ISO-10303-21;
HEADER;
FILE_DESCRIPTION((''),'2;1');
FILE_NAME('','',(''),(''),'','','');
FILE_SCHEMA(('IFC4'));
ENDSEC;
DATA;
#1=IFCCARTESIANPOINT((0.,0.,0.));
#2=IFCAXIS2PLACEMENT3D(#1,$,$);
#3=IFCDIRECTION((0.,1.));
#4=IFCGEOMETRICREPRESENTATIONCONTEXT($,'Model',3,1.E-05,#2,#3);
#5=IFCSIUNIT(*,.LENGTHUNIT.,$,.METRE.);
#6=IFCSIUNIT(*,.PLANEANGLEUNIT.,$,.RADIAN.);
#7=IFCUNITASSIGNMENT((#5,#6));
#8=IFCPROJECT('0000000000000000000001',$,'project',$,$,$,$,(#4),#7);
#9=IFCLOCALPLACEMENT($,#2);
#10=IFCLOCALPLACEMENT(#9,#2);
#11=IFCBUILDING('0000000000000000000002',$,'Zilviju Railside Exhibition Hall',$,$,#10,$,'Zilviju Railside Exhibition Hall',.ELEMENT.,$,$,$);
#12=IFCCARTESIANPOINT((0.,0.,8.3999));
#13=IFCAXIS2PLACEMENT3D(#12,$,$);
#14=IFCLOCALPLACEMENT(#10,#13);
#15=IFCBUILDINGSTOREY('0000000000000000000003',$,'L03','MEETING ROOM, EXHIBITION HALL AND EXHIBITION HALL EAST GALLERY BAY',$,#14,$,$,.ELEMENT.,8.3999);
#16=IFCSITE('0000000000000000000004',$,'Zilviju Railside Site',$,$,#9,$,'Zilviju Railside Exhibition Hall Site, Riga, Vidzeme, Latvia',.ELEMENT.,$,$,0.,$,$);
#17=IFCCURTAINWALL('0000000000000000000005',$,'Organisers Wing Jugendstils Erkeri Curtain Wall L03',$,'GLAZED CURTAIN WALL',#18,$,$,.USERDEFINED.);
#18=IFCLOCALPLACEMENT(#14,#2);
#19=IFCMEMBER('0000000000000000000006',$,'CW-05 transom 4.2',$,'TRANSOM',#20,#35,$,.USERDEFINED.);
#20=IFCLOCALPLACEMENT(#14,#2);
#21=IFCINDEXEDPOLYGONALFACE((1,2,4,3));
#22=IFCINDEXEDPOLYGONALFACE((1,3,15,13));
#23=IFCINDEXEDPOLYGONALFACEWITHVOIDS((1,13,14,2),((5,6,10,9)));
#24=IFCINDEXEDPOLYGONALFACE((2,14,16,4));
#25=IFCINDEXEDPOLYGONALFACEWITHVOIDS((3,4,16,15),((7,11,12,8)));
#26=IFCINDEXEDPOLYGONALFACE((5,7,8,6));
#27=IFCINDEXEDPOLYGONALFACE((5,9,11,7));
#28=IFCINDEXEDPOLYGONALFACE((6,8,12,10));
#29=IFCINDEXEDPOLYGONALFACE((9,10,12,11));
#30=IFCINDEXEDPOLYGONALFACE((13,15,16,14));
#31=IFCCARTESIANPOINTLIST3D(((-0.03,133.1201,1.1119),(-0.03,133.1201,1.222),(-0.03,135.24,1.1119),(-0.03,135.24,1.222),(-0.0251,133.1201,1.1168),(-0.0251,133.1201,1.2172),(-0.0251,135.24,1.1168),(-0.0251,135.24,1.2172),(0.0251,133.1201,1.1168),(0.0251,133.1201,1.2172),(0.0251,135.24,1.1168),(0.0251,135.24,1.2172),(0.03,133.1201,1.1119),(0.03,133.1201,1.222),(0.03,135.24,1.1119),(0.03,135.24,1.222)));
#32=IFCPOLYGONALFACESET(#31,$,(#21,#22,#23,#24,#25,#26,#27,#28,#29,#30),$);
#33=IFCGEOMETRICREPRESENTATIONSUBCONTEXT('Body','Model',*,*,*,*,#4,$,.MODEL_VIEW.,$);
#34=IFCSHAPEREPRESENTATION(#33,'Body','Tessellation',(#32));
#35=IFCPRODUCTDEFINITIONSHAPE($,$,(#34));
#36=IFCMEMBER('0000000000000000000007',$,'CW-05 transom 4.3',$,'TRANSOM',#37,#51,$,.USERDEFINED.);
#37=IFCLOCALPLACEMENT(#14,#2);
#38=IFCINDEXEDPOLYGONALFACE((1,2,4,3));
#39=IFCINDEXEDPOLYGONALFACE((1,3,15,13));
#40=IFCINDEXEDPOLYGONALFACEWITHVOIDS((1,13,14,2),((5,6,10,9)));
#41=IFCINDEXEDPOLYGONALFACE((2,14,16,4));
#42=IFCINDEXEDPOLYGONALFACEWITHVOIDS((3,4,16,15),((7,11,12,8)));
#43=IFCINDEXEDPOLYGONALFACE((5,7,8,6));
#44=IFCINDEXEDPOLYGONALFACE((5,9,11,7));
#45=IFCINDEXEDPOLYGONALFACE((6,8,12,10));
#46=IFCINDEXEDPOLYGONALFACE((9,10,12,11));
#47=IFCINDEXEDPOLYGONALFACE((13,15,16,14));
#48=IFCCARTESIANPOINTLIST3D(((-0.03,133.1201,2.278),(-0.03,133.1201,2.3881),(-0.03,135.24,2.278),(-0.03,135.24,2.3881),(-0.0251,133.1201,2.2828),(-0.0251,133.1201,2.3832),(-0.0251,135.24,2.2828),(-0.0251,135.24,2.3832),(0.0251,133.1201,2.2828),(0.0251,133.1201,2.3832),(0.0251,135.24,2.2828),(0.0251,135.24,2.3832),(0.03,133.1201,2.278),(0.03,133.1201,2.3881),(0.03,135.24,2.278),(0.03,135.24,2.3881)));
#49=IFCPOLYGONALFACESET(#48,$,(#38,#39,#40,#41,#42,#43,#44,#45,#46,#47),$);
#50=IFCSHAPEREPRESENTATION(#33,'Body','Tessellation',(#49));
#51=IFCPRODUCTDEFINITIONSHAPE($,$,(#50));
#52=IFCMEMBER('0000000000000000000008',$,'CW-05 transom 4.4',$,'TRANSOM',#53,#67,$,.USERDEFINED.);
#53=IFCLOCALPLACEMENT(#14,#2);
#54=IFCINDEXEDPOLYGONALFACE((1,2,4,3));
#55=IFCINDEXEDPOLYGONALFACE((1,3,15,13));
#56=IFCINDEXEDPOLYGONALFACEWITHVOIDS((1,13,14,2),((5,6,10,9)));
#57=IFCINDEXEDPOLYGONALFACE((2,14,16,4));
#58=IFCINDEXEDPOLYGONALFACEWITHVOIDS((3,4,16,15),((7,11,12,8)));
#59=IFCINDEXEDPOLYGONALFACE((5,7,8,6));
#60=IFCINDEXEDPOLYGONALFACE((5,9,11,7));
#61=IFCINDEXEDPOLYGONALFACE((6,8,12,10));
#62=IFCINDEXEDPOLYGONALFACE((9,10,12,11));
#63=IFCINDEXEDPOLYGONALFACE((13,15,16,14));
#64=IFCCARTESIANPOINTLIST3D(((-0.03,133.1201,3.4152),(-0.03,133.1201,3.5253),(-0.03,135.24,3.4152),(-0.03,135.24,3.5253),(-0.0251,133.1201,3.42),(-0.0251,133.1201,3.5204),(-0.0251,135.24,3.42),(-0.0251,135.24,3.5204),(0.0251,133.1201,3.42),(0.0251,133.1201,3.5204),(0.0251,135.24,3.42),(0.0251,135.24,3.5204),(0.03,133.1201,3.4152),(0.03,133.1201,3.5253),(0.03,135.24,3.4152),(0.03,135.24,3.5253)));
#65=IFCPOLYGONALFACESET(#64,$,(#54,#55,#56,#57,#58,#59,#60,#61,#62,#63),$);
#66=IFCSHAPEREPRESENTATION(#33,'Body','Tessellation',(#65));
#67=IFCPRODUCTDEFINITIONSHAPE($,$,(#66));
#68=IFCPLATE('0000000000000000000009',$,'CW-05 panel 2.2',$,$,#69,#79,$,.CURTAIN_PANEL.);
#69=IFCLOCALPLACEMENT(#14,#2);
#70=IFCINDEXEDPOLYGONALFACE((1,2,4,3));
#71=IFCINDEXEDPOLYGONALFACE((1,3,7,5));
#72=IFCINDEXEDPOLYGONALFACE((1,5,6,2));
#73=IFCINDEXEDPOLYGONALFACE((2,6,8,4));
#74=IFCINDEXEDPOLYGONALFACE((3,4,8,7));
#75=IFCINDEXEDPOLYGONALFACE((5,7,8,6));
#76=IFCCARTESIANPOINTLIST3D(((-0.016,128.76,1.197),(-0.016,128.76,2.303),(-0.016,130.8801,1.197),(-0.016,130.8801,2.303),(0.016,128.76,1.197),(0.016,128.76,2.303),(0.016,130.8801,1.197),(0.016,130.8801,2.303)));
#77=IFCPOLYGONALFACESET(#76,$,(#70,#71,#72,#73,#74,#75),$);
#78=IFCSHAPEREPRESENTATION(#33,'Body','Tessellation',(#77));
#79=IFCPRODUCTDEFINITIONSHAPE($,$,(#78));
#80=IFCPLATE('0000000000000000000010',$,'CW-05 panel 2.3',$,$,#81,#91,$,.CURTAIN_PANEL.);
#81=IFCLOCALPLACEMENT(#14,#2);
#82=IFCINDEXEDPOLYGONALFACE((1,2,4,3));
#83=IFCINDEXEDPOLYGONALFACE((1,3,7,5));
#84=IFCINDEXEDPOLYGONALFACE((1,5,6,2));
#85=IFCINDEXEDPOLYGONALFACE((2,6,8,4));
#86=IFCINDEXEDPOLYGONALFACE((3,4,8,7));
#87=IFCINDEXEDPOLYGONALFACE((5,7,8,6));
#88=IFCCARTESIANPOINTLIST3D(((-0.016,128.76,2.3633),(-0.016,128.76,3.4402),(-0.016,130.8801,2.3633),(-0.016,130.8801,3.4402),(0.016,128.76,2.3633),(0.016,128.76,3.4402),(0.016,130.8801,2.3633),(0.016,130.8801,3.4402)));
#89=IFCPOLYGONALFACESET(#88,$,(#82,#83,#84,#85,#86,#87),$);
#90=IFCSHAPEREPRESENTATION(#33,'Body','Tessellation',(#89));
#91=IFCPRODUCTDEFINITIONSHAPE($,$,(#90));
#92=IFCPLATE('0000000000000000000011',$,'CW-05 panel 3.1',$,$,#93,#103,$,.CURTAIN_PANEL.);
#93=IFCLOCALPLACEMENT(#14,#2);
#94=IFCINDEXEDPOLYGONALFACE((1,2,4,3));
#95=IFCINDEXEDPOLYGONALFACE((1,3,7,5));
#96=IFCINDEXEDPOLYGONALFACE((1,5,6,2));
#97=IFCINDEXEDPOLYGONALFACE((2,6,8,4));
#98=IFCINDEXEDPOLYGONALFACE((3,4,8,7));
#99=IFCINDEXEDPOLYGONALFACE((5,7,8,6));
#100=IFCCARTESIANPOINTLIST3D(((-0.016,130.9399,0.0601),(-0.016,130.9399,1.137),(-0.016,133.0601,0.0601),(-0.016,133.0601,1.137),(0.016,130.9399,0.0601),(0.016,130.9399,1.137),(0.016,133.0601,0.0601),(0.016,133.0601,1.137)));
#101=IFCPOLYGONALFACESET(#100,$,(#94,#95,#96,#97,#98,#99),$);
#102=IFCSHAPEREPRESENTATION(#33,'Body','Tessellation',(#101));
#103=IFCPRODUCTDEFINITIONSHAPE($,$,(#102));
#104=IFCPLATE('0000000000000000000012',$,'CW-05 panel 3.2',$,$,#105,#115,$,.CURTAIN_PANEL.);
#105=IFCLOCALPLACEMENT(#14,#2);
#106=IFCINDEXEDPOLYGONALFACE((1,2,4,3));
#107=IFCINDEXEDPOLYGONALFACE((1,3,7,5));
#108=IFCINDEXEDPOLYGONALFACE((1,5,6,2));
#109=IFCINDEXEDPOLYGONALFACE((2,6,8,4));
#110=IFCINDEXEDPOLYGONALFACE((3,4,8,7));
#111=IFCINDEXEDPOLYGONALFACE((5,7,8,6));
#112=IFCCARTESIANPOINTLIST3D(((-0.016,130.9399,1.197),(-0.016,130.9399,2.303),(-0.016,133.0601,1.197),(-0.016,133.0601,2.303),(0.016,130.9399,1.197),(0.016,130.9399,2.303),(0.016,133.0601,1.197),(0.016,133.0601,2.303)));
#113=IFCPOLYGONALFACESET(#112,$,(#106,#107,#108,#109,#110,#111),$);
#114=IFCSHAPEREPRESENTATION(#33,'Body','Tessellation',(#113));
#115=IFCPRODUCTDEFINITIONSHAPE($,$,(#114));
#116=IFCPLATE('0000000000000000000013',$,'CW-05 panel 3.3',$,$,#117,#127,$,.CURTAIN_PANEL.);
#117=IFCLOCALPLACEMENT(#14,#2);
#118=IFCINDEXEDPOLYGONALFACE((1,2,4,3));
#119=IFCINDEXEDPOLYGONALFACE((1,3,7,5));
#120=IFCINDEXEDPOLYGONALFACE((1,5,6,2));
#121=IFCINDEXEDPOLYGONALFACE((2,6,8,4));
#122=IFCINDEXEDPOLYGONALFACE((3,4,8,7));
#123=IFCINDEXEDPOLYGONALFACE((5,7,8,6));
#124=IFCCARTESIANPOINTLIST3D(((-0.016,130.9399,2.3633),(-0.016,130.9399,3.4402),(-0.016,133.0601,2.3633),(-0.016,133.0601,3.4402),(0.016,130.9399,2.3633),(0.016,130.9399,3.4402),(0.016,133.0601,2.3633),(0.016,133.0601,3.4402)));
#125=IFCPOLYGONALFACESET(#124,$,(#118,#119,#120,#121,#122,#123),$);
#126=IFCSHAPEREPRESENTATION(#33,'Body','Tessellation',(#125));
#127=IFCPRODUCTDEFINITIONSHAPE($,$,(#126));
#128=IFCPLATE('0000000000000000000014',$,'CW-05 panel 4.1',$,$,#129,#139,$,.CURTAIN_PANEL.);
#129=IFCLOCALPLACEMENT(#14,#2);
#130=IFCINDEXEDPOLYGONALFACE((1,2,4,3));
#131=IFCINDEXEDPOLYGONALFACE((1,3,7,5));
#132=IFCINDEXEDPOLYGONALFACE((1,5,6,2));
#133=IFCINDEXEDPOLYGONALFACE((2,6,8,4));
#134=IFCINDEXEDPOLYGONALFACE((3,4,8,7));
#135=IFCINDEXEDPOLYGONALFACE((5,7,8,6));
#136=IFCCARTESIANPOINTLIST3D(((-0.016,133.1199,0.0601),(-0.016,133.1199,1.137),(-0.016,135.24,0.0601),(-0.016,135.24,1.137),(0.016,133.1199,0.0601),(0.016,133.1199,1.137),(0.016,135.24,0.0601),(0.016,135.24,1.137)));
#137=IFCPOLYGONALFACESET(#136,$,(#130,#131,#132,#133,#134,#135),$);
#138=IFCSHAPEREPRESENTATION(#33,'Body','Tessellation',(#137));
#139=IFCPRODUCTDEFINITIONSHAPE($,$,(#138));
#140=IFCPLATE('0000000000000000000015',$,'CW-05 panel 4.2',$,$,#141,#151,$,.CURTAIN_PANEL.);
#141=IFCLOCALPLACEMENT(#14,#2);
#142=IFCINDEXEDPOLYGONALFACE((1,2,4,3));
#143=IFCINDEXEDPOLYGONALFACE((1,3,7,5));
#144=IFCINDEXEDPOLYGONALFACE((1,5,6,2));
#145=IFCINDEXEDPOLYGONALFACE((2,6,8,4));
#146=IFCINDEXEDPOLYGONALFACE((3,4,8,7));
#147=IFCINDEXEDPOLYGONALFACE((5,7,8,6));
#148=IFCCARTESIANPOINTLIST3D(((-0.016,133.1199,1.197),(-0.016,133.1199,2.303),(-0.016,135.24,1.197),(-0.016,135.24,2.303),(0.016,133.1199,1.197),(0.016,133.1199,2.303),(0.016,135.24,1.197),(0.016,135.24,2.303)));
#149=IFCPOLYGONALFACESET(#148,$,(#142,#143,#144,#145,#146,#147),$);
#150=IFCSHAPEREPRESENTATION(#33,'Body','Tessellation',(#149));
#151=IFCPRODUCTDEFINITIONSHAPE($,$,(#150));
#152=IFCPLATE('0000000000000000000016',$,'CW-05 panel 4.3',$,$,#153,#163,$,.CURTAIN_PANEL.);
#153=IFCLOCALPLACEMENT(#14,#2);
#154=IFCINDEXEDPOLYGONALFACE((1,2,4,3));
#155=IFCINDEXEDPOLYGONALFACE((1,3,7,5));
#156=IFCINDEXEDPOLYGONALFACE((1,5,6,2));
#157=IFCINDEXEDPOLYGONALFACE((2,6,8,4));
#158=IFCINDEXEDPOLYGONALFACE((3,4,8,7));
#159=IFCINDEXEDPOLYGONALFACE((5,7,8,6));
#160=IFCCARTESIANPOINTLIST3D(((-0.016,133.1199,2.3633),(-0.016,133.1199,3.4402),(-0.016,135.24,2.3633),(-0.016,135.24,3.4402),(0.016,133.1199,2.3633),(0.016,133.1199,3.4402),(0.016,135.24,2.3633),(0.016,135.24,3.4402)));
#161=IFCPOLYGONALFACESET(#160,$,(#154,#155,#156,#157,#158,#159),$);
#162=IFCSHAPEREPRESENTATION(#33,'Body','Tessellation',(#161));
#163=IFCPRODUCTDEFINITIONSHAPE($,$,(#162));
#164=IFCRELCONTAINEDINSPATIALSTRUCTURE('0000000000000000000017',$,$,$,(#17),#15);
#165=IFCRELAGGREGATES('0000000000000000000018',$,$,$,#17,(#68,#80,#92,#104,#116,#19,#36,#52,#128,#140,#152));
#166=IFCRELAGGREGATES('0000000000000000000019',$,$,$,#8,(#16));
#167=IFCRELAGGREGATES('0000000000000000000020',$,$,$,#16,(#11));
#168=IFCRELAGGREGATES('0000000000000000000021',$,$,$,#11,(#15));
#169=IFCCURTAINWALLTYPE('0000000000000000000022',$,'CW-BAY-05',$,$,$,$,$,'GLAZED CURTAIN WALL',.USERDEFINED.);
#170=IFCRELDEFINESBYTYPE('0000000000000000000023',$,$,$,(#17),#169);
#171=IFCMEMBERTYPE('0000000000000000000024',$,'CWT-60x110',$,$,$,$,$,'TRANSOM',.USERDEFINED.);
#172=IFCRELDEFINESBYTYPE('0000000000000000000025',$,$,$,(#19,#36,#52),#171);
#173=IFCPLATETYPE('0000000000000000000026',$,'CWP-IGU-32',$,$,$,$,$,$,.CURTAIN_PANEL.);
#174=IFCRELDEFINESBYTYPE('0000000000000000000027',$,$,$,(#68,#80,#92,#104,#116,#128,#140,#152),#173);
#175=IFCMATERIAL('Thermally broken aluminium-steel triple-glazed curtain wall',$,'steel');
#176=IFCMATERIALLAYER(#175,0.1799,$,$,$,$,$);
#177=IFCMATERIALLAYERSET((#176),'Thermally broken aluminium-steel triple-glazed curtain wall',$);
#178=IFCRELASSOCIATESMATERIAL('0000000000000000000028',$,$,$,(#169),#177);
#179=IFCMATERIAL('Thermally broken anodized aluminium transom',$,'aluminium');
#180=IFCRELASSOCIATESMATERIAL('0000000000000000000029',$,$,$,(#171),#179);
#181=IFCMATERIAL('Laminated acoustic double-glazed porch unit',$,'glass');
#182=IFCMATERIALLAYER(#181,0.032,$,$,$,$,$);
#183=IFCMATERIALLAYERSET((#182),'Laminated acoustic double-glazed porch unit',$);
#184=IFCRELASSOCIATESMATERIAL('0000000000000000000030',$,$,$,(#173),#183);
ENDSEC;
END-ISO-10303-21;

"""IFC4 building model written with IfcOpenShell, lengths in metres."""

from ifc_helpers import new_model, si_unit, direction, frame, origin, origin_2d, place, context, subcontext, project, spatial, rectangle, hollow_rectangle, extrude, material, layer, layer_set, material_profile, profile_set, type_object, element, aggregate, save


model = new_model("IFC4")

# Units and contexts
model_context = context("Model", 3, precision=1e-05, world=origin(), true_north=direction((0.0, 1.0)))
body_context = subcontext(model_context, "Body", "Model", "MODEL_VIEW")
ifc_project = project(units=[si_unit("LENGTHUNIT", "METRE"), si_unit("PLANEANGLEUNIT", "RADIAN")], contexts=[model_context])

# Site, building, storey
site_placement = place(None, origin())
site = spatial("IfcSite", under=ifc_project, at=site_placement, Name="Zilviju Railside Site", LongName="Zilviju Railside Exhibition Hall Site, Riga, Vidzeme, Latvia", CompositionType="ELEMENT", RefElevation=0.0)
building_placement = place(site_placement, origin())
building = spatial("IfcBuilding", under=site, at=building_placement, Name="Zilviju Railside Exhibition Hall", LongName="Zilviju Railside Exhibition Hall", CompositionType="ELEMENT")
storey_placement = place(building_placement, frame((0.0, 0.0, 8.3999)))
storey = spatial("IfcBuildingStorey", under=building, at=storey_placement, Name="L03", Description="MEETING ROOM, EXHIBITION HALL AND EXHIBITION HALL EAST GALLERY BAY", CompositionType="ELEMENT", Elevation=8.3999)

# Curtain wall, members, plates
ifc_material_1 = material(Name="Thermally broken aluminium-steel triple-glazed curtain wall", Category="steel")
ifc_layer_1 = layer(ifc_material_1, 0.1799)
ifc_layer_set_1 = layer_set([ifc_layer_1], Name="Thermally broken aluminium-steel triple-glazed curtain wall")
curtain_wall_type = type_object("IfcCurtainWallType", Name="CW-BAY-05", ElementType="GLAZED CURTAIN WALL", PredefinedType="USERDEFINED", material=ifc_layer_set_1)
curtain_wall_placement = place(storey_placement, origin())
curtain_wall = element("IfcCurtainWall", 1, at=curtain_wall_placement, inside=storey, type_object=curtain_wall_type, Name="Organisers Wing Jugendstils Erkeri Curtain Wall L03", ObjectType="GLAZED CURTAIN WALL", PredefinedType="USERDEFINED")
ifc_material_2 = material(Name="Thermally broken anodized aluminium transom", Category="aluminium")
ifc_material_profile_1 = material_profile(ifc_material_2, hollow_rectangle(XDim=0.0601, YDim=0.1101, WallThickness=0.0049, at=origin_2d()), Name="TRANSOM 110x60x5")
ifc_profile_set_1 = profile_set([ifc_material_profile_1], Name="Thermally broken anodized aluminium transom")
member_type_1 = type_object("IfcMemberType", Name="CWT-60x110", ElementType="TRANSOM", PredefinedType="USERDEFINED", material=ifc_profile_set_1)
member_1_placement = place(storey_placement, frame((0.0, 133.1201, 1.167), z_axis=(0.0, 1.0, 0.0), x_axis=(-1.0, 0.0, 0.0)))
member_1 = element("IfcMember", 2, at=member_1_placement, type_object=member_type_1, Name="CW-05 transom 4.2", ObjectType="TRANSOM", PredefinedType="USERDEFINED", context=body_context, shape_type="SweptSolid", body=[
    extrude(hollow_rectangle(XDim=0.0601, YDim=0.1101, WallThickness=0.0049, at=origin_2d()), origin(), (0.0, 0.0, 1.0), 2.1199),
])
member_2_placement = place(storey_placement, frame((0.0, 133.1201, 2.333), z_axis=(0.0, 1.0, 0.0), x_axis=(-1.0, 0.0, 0.0)))
member_2 = element("IfcMember", 3, at=member_2_placement, type_object=member_type_1, Name="CW-05 transom 4.3", ObjectType="TRANSOM", PredefinedType="USERDEFINED", context=body_context, shape_type="SweptSolid", body=[
    extrude(hollow_rectangle(XDim=0.0601, YDim=0.1101, WallThickness=0.0049, at=origin_2d()), origin(), (0.0, 0.0, 1.0), 2.1199),
])
member_3_placement = place(storey_placement, frame((0.0, 133.1201, 3.4702), z_axis=(0.0, 1.0, 0.0), x_axis=(-1.0, 0.0, 0.0)))
member_3 = element("IfcMember", 4, at=member_3_placement, type_object=member_type_1, Name="CW-05 transom 4.4", ObjectType="TRANSOM", PredefinedType="USERDEFINED", context=body_context, shape_type="SweptSolid", body=[
    extrude(hollow_rectangle(XDim=0.0601, YDim=0.1101, WallThickness=0.0049, at=origin_2d()), origin(), (0.0, 0.0, 1.0), 2.1199),
])
ifc_material_3 = material(Name="Laminated acoustic double-glazed porch unit", Category="glass")
ifc_layer_2 = layer(ifc_material_3, 0.032)
ifc_layer_set_2 = layer_set([ifc_layer_2], Name="Laminated acoustic double-glazed porch unit")
plate_type = type_object("IfcPlateType", Name="CWP-IGU-32", PredefinedType="CURTAIN_PANEL", material=ifc_layer_set_2)
plate_1_placement = place(storey_placement, frame((0.0, 129.8201, 1.197), z_axis=(0.0, 0.0, 1.0), x_axis=(0.0, 1.0, 0.0)))
plate_1 = element("IfcPlate", 5, at=plate_1_placement, type_object=plate_type, Name="CW-05 panel 2.2", PredefinedType="CURTAIN_PANEL", context=body_context, shape_type="SweptSolid", body=[
    extrude(rectangle(XDim=2.1201, YDim=0.032, at=origin_2d()), origin(), (0.0, 0.0, 1.0), 1.106),
])
plate_2_placement = place(storey_placement, frame((0.0, 129.8201, 2.3633), z_axis=(0.0, 0.0, 1.0), x_axis=(0.0, 1.0, 0.0)))
plate_2 = element("IfcPlate", 6, at=plate_2_placement, type_object=plate_type, Name="CW-05 panel 2.3", PredefinedType="CURTAIN_PANEL", context=body_context, shape_type="SweptSolid", body=[
    extrude(rectangle(XDim=2.1201, YDim=0.032, at=origin_2d()), origin(), (0.0, 0.0, 1.0), 1.0769),
])
plate_3_placement = place(storey_placement, frame((0.0, 132.0, 0.0601), z_axis=(0.0, 0.0, 1.0), x_axis=(0.0, 1.0, 0.0)))
plate_3 = element("IfcPlate", 7, at=plate_3_placement, type_object=plate_type, Name="CW-05 panel 3.1", PredefinedType="CURTAIN_PANEL", context=body_context, shape_type="SweptSolid", body=[
    extrude(rectangle(XDim=2.1201, YDim=0.032, at=origin_2d()), origin(), (0.0, 0.0, 1.0), 1.0769),
])
plate_4_placement = place(storey_placement, frame((0.0, 132.0, 1.197), z_axis=(0.0, 0.0, 1.0), x_axis=(0.0, 1.0, 0.0)))
plate_4 = element("IfcPlate", 8, at=plate_4_placement, type_object=plate_type, Name="CW-05 panel 3.2", PredefinedType="CURTAIN_PANEL", context=body_context, shape_type="SweptSolid", body=[
    extrude(rectangle(XDim=2.1201, YDim=0.032, at=origin_2d()), origin(), (0.0, 0.0, 1.0), 1.106),
])
plate_5_placement = place(storey_placement, frame((0.0, 132.0, 2.3633), z_axis=(0.0, 0.0, 1.0), x_axis=(0.0, 1.0, 0.0)))
plate_5 = element("IfcPlate", 9, at=plate_5_placement, type_object=plate_type, Name="CW-05 panel 3.3", PredefinedType="CURTAIN_PANEL", context=body_context, shape_type="SweptSolid", body=[
    extrude(rectangle(XDim=2.1201, YDim=0.032, at=origin_2d()), origin(), (0.0, 0.0, 1.0), 1.0769),
])
plate_6_placement = place(storey_placement, frame((0.0, 134.1799, 0.0601), z_axis=(0.0, 0.0, 1.0), x_axis=(0.0, 1.0, 0.0)))
plate_6 = element("IfcPlate", 10, at=plate_6_placement, type_object=plate_type, Name="CW-05 panel 4.1", PredefinedType="CURTAIN_PANEL", context=body_context, shape_type="SweptSolid", body=[
    extrude(rectangle(XDim=2.1201, YDim=0.032, at=origin_2d()), origin(), (0.0, 0.0, 1.0), 1.0769),
])
plate_7_placement = place(storey_placement, frame((0.0, 134.1799, 1.197), z_axis=(0.0, 0.0, 1.0), x_axis=(0.0, 1.0, 0.0)))
plate_7 = element("IfcPlate", 11, at=plate_7_placement, type_object=plate_type, Name="CW-05 panel 4.2", PredefinedType="CURTAIN_PANEL", context=body_context, shape_type="SweptSolid", body=[
    extrude(rectangle(XDim=2.1201, YDim=0.032, at=origin_2d()), origin(), (0.0, 0.0, 1.0), 1.106),
])
plate_8_placement = place(storey_placement, frame((0.0, 134.1799, 2.3633), z_axis=(0.0, 0.0, 1.0), x_axis=(0.0, 1.0, 0.0)))
plate_8 = element("IfcPlate", 12, at=plate_8_placement, type_object=plate_type, Name="CW-05 panel 4.3", PredefinedType="CURTAIN_PANEL", context=body_context, shape_type="SweptSolid", body=[
    extrude(rectangle(XDim=2.1201, YDim=0.032, at=origin_2d()), origin(), (0.0, 0.0, 1.0), 1.0769),
])
aggregate(curtain_wall, [plate_1, plate_2, plate_3, plate_4, plate_5, member_1, member_2, member_3, plate_6, plate_7, plate_8])

save(model, "model.ifc")
